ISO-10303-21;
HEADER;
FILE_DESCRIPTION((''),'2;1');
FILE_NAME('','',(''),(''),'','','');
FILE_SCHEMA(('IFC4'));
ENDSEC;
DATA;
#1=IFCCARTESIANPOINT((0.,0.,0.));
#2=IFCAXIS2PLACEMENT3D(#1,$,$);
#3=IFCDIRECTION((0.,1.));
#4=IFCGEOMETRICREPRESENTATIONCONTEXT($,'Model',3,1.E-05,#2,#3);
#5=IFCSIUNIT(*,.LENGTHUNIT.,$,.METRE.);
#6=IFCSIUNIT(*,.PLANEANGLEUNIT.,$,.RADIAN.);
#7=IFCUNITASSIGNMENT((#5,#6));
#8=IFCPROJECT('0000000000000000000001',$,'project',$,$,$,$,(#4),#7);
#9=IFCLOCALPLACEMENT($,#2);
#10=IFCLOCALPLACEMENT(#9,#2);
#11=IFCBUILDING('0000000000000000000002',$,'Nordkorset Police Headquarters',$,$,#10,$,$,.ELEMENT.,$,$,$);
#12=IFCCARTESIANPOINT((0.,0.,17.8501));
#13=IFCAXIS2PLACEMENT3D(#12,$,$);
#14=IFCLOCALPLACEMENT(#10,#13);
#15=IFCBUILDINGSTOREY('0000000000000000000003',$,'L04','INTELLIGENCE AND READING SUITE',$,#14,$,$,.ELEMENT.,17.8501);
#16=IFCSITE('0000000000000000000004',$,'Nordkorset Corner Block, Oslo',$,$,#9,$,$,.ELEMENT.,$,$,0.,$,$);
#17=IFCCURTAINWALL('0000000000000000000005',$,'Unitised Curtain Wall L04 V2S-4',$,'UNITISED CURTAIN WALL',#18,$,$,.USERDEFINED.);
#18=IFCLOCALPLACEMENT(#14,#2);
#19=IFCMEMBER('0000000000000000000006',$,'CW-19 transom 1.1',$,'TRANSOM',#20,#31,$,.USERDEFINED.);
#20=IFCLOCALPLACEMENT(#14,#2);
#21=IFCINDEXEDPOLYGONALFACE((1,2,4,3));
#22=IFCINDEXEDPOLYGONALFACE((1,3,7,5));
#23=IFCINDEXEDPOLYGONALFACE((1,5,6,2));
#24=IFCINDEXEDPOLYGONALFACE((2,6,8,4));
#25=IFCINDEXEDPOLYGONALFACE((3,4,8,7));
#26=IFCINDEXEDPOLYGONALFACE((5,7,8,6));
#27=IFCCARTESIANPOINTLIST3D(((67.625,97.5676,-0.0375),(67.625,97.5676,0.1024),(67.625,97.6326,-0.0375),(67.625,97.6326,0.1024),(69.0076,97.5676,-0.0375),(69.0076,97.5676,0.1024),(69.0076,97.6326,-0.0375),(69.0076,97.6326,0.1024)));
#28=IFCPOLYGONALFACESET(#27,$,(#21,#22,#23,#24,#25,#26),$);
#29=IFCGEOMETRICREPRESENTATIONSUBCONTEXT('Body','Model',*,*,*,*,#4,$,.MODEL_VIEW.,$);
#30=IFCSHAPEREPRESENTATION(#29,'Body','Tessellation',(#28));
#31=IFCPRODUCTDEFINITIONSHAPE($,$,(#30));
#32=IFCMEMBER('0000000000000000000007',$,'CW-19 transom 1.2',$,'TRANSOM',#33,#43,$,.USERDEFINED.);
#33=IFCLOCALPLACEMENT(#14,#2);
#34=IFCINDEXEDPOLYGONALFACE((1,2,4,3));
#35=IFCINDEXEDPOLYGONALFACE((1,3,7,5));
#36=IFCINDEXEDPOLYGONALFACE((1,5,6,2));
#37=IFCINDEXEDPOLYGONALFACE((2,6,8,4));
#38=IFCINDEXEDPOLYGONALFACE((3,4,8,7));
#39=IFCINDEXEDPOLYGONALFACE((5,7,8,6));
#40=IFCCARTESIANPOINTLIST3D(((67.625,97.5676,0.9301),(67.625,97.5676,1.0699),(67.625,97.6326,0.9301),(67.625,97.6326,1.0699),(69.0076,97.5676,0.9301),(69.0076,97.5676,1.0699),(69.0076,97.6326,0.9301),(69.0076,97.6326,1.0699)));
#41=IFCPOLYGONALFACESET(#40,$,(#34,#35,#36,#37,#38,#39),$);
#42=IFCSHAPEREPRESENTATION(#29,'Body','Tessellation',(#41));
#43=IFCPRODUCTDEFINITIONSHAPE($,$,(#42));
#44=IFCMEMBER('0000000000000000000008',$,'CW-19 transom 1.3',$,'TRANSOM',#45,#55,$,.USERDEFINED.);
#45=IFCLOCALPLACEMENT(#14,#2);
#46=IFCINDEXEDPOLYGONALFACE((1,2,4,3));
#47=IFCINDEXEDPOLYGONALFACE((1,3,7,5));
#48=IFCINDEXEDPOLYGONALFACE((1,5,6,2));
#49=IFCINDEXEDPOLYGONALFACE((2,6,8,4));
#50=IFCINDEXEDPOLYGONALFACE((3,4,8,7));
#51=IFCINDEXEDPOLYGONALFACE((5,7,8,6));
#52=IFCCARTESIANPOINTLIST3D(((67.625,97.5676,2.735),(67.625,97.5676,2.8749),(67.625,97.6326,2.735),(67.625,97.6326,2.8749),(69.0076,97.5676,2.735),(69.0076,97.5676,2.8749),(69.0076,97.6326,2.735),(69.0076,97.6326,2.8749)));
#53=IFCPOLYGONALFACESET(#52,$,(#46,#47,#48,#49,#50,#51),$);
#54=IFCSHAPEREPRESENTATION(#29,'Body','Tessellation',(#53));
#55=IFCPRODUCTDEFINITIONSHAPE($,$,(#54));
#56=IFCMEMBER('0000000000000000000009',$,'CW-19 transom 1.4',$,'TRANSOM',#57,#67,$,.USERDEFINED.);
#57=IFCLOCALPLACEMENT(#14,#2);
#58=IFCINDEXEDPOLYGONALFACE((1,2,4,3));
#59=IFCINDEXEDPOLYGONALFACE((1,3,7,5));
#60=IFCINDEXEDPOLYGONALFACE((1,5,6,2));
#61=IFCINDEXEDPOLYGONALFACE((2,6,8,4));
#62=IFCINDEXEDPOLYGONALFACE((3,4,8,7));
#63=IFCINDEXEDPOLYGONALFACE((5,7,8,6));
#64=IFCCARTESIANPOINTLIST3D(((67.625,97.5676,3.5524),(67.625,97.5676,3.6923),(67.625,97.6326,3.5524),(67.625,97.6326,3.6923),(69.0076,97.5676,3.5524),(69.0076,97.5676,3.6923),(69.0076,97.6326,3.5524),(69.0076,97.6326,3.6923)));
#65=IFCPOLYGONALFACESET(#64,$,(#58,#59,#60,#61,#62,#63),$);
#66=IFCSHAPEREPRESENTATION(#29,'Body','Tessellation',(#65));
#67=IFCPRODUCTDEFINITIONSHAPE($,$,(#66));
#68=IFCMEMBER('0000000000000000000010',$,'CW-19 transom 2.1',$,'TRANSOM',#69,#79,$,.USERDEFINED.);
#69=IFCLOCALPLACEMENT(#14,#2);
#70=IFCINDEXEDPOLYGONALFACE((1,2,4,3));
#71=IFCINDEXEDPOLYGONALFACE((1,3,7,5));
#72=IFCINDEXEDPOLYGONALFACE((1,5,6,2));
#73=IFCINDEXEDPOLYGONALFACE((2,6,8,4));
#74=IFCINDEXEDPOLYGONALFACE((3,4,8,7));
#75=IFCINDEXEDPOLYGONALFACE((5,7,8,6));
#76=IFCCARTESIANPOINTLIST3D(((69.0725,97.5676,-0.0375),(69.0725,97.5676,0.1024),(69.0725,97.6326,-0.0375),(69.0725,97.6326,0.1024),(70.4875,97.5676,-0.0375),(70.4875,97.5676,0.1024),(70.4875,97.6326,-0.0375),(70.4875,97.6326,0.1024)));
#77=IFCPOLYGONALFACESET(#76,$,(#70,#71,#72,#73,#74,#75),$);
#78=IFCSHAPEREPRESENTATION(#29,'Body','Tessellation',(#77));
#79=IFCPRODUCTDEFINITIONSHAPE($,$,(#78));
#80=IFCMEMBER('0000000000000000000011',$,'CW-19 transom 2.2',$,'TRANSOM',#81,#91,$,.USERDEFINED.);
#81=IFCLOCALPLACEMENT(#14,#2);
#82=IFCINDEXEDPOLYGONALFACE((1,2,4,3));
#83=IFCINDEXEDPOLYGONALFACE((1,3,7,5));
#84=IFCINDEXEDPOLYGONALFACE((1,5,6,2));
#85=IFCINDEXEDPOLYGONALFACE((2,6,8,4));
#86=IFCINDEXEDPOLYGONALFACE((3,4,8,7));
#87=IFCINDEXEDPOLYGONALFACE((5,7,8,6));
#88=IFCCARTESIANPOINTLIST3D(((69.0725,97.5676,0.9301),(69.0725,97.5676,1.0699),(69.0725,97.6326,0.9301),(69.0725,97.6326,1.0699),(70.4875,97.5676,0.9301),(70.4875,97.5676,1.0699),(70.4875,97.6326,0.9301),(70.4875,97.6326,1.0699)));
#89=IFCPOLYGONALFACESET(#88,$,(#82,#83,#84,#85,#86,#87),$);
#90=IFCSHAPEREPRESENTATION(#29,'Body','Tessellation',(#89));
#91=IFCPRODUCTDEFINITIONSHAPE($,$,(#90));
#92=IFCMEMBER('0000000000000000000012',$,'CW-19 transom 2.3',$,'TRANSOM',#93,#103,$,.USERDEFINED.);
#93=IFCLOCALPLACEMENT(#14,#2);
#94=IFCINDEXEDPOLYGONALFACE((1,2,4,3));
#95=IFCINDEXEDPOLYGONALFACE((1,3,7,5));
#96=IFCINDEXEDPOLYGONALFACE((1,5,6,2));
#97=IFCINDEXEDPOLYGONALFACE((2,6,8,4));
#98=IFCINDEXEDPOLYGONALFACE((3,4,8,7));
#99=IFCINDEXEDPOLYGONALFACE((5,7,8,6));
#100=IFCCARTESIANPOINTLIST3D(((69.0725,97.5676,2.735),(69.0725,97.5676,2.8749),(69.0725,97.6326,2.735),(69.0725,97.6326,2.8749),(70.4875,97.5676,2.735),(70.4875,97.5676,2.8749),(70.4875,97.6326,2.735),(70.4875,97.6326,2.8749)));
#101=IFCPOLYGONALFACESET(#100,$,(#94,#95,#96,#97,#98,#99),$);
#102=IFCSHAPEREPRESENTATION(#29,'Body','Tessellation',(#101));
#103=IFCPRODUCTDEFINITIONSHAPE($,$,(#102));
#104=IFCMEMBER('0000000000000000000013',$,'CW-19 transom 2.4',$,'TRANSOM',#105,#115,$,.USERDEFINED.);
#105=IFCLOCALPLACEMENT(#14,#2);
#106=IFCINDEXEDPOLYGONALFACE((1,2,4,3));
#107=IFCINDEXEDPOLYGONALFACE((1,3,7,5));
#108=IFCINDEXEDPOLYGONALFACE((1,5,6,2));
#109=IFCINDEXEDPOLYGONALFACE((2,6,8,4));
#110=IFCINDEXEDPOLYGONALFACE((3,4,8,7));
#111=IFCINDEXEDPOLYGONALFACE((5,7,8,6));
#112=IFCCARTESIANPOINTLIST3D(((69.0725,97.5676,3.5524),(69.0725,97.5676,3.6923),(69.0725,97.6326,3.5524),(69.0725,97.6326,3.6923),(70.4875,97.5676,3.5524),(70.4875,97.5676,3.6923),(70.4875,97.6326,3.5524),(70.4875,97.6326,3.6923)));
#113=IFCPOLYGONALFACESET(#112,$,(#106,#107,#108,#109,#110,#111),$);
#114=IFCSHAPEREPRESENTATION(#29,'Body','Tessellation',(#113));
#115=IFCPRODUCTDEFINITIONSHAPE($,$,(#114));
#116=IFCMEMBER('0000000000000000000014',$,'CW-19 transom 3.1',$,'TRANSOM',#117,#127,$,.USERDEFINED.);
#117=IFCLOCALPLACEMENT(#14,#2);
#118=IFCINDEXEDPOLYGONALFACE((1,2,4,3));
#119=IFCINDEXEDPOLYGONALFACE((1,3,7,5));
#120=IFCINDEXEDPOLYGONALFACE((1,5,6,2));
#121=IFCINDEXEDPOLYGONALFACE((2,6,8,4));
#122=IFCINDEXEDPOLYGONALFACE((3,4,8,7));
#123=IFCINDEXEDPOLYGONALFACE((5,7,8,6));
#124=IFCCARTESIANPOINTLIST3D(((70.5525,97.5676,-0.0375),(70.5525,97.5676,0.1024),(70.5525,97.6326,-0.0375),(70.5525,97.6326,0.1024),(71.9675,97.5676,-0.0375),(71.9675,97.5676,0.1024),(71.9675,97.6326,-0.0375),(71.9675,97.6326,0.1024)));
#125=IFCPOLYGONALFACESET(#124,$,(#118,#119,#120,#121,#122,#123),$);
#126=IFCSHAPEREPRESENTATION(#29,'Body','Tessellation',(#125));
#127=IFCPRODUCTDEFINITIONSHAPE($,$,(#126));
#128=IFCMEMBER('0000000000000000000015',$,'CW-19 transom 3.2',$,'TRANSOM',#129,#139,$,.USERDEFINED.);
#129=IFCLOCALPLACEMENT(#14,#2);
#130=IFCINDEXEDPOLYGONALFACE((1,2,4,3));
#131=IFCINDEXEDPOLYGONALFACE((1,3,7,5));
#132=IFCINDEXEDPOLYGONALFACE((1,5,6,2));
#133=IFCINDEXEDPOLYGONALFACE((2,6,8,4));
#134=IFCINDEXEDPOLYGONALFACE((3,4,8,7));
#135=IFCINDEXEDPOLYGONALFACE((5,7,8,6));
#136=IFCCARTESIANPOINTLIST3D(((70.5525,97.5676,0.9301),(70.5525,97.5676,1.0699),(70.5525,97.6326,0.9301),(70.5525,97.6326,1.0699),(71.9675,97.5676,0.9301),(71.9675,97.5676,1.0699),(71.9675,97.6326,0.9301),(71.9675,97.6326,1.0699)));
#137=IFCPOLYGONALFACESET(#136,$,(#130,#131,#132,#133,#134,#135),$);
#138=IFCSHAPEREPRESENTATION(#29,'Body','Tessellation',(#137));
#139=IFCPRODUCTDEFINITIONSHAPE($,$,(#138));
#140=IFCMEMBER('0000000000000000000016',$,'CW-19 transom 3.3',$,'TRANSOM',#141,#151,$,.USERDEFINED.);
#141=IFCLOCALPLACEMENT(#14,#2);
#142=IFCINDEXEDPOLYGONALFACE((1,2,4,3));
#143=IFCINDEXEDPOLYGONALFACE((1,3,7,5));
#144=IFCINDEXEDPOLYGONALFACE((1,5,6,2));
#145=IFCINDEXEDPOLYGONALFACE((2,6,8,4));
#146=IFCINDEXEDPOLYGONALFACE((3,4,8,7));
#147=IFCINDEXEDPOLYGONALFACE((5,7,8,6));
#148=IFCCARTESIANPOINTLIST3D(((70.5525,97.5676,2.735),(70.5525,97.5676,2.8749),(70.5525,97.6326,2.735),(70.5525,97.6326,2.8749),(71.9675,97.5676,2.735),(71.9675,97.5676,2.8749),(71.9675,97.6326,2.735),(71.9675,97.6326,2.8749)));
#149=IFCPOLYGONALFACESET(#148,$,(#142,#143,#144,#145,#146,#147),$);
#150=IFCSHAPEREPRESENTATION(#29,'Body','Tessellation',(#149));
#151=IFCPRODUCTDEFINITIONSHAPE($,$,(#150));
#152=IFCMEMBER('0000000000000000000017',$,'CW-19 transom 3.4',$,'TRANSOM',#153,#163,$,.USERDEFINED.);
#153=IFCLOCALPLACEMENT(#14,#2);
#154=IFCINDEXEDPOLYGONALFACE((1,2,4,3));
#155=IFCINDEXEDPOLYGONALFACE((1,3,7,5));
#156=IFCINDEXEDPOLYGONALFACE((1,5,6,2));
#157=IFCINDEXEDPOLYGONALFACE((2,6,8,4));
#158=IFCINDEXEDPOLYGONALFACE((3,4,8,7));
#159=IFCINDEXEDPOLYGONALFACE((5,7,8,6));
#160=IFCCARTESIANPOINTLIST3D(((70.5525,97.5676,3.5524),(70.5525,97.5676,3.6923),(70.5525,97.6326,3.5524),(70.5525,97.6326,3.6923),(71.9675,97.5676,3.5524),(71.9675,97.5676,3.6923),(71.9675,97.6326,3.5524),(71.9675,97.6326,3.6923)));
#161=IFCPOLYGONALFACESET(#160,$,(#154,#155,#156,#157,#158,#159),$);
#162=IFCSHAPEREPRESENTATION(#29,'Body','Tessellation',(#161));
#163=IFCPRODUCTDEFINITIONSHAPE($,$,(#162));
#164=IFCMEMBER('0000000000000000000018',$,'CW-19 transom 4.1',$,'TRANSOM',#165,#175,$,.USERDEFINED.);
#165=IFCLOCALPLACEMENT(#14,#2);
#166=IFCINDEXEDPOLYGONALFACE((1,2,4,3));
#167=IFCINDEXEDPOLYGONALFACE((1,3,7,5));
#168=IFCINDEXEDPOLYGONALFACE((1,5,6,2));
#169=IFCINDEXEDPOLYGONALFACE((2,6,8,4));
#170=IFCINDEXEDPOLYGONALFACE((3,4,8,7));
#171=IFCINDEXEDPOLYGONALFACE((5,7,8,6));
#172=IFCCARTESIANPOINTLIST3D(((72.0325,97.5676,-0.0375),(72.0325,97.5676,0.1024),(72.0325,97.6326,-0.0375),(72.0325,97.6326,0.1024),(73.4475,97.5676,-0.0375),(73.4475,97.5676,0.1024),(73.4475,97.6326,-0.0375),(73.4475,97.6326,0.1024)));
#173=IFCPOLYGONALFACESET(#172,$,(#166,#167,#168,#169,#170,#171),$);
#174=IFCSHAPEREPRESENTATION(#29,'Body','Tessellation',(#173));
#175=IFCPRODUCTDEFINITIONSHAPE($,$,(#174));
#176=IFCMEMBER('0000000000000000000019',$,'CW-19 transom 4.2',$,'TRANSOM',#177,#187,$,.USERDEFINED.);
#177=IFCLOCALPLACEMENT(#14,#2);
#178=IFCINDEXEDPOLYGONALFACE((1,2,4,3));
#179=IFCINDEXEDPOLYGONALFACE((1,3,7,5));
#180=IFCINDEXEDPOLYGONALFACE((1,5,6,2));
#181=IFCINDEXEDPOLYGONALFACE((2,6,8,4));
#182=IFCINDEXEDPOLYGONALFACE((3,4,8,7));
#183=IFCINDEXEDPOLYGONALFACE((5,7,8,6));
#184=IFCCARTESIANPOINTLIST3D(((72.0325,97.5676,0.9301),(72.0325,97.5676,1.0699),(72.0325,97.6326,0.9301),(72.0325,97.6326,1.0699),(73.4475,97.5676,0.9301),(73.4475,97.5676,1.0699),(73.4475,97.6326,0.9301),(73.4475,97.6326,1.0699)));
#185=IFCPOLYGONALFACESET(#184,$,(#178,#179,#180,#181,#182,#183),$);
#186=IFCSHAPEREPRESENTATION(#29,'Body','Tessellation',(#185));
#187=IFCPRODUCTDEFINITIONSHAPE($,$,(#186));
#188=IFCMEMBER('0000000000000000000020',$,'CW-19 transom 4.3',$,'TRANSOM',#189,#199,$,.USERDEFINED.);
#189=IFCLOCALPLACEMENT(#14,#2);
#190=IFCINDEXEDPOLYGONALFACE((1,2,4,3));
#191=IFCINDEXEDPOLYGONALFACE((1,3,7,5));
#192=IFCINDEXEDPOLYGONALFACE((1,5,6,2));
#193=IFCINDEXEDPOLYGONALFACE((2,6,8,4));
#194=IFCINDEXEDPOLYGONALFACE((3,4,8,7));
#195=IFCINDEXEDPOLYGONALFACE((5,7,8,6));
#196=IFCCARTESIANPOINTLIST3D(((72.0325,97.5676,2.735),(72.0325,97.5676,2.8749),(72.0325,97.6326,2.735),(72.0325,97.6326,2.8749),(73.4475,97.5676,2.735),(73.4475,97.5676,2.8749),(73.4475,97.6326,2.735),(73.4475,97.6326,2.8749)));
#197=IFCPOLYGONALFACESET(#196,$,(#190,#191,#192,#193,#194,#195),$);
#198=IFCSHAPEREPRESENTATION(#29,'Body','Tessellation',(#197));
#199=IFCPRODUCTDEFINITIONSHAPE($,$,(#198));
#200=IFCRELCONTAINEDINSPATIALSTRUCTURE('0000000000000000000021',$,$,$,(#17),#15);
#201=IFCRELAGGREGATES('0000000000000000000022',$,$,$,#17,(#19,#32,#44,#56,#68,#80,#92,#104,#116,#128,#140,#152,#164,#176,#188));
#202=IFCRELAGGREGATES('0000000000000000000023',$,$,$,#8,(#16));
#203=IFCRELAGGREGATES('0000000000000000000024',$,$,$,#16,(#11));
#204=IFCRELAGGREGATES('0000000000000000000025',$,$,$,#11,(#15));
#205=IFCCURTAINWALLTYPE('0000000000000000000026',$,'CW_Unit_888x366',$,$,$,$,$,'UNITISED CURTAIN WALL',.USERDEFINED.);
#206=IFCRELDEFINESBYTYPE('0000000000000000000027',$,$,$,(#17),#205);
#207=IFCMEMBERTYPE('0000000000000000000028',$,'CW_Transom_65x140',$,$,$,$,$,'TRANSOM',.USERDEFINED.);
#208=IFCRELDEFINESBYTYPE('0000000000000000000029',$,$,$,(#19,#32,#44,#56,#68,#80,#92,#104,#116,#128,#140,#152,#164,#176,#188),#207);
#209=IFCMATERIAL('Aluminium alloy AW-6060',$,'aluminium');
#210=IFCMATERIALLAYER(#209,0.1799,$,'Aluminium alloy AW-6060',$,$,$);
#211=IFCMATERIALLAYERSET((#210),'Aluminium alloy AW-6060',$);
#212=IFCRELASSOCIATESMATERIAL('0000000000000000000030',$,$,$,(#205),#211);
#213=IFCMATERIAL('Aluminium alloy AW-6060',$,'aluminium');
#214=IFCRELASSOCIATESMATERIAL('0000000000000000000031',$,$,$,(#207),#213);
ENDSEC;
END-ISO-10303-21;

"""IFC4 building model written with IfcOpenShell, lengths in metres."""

from ifc_helpers import new_model, si_unit, direction, frame, origin, origin_2d, place, context, subcontext, project, spatial, rectangle, extrude, material, layer, layer_set, material_profile, profile_set, type_object, element, aggregate, save


model = new_model("IFC4")

# Units and contexts
model_context = context("Model", 3, precision=1e-05, world=origin(), true_north=direction((0.0, 1.0)))
body_context = subcontext(model_context, "Body", "Model", "MODEL_VIEW")
ifc_project = project(units=[si_unit("LENGTHUNIT", "METRE"), si_unit("PLANEANGLEUNIT", "RADIAN")], contexts=[model_context])

# Site, building, storey
site_placement = place(None, origin())
site = spatial("IfcSite", under=ifc_project, at=site_placement, Name="Nordkorset Corner Block, Oslo", CompositionType="ELEMENT", RefElevation=0.0)
building_placement = place(site_placement, origin())
building = spatial("IfcBuilding", under=site, at=building_placement, Name="Nordkorset Police Headquarters", CompositionType="ELEMENT")
storey_placement = place(building_placement, frame((0.0, 0.0, 17.8501)))
storey = spatial("IfcBuildingStorey", under=building, at=storey_placement, Name="L04", Description="INTELLIGENCE AND READING SUITE", CompositionType="ELEMENT", Elevation=17.8501)

# Curtain wall, members
ifc_material_1 = material(Name="Aluminium alloy AW-6060", Category="aluminium")
ifc_layer_1 = layer(ifc_material_1, 0.1799, Name="Aluminium alloy AW-6060")
ifc_layer_set_1 = layer_set([ifc_layer_1], Name="Aluminium alloy AW-6060")
curtain_wall_type = type_object("IfcCurtainWallType", Name="CW_Unit_888x366", ElementType="UNITISED CURTAIN WALL", PredefinedType="USERDEFINED", material=ifc_layer_set_1)
curtain_wall_placement = place(storey_placement, origin())
curtain_wall = element("IfcCurtainWall", 1, at=curtain_wall_placement, inside=storey, type_object=curtain_wall_type, Name="Unitised Curtain Wall L04 V2S-4", ObjectType="UNITISED CURTAIN WALL", PredefinedType="USERDEFINED")
ifc_material_2 = material(Name="Aluminium alloy AW-6060", Category="aluminium")
ifc_material_profile_1 = material_profile(ifc_material_2, rectangle(XDim=0.0649, YDim=0.1399, at=origin_2d()), Name="ALU TRAN 65x140")
ifc_profile_set_1 = profile_set([ifc_material_profile_1], Name="Aluminium alloy AW-6060")
member_type_1 = type_object("IfcMemberType", Name="CW_Transom_65x140", ElementType="TRANSOM", PredefinedType="USERDEFINED", material=ifc_profile_set_1)
member_1_placement = place(storey_placement, frame((67.625, 97.6001, 0.0325), z_axis=(1.0, 0.0, 0.0), x_axis=(0.0, 1.0, 0.0)))
member_1 = element("IfcMember", 2, at=member_1_placement, type_object=member_type_1, Name="CW-19 transom 1.1", ObjectType="TRANSOM", PredefinedType="USERDEFINED", context=body_context, shape_type="SweptSolid", body=[
    extrude(rectangle(XDim=0.0649, YDim=0.1399, at=origin_2d()), origin(), (0.0, 0.0, 1.0), 1.3826),
])
member_2_placement = place(storey_placement, frame((67.625, 97.6001, 1.0), z_axis=(1.0, 0.0, 0.0), x_axis=(0.0, 1.0, 0.0)))
member_2 = element("IfcMember", 3, at=member_2_placement, type_object=member_type_1, Name="CW-19 transom 1.2", ObjectType="TRANSOM", PredefinedType="USERDEFINED", context=body_context, shape_type="SweptSolid", body=[
    extrude(rectangle(XDim=0.0649, YDim=0.1399, at=origin_2d()), origin(), (0.0, 0.0, 1.0), 1.3826),
])
member_3_placement = place(storey_placement, frame((67.625, 97.6001, 2.8049), z_axis=(1.0, 0.0, 0.0), x_axis=(0.0, 1.0, 0.0)))
member_3 = element("IfcMember", 4, at=member_3_placement, type_object=member_type_1, Name="CW-19 transom 1.3", ObjectType="TRANSOM", PredefinedType="USERDEFINED", context=body_context, shape_type="SweptSolid", body=[
    extrude(rectangle(XDim=0.0649, YDim=0.1399, at=origin_2d()), origin(), (0.0, 0.0, 1.0), 1.3826),
])
member_4_placement = place(storey_placement, frame((67.625, 97.6001, 3.6223), z_axis=(1.0, 0.0, 0.0), x_axis=(0.0, 1.0, 0.0)))
member_4 = element("IfcMember", 5, at=member_4_placement, type_object=member_type_1, Name="CW-19 transom 1.4", ObjectType="TRANSOM", PredefinedType="USERDEFINED", context=body_context, shape_type="SweptSolid", body=[
    extrude(rectangle(XDim=0.0649, YDim=0.1399, at=origin_2d()), origin(), (0.0, 0.0, 1.0), 1.3826),
])
member_5_placement = place(storey_placement, frame((69.0725, 97.6001, 0.0325), z_axis=(1.0, 0.0, 0.0), x_axis=(0.0, 1.0, 0.0)))
member_5 = element("IfcMember", 6, at=member_5_placement, type_object=member_type_1, Name="CW-19 transom 2.1", ObjectType="TRANSOM", PredefinedType="USERDEFINED", context=body_context, shape_type="SweptSolid", body=[
    extrude(rectangle(XDim=0.0649, YDim=0.1399, at=origin_2d()), origin(), (0.0, 0.0, 1.0), 1.415),
])
member_6_placement = place(storey_placement, frame((69.0725, 97.6001, 1.0), z_axis=(1.0, 0.0, 0.0), x_axis=(0.0, 1.0, 0.0)))
member_6 = element("IfcMember", 7, at=member_6_placement, type_object=member_type_1, Name="CW-19 transom 2.2", ObjectType="TRANSOM", PredefinedType="USERDEFINED", context=body_context, shape_type="SweptSolid", body=[
    extrude(rectangle(XDim=0.0649, YDim=0.1399, at=origin_2d()), origin(), (0.0, 0.0, 1.0), 1.415),
])
member_7_placement = place(storey_placement, frame((69.0725, 97.6001, 2.8049), z_axis=(1.0, 0.0, 0.0), x_axis=(0.0, 1.0, 0.0)))
member_7 = element("IfcMember", 8, at=member_7_placement, type_object=member_type_1, Name="CW-19 transom 2.3", ObjectType="TRANSOM", PredefinedType="USERDEFINED", context=body_context, shape_type="SweptSolid", body=[
    extrude(rectangle(XDim=0.0649, YDim=0.1399, at=origin_2d()), origin(), (0.0, 0.0, 1.0), 1.415),
])
member_8_placement = place(storey_placement, frame((69.0725, 97.6001, 3.6223), z_axis=(1.0, 0.0, 0.0), x_axis=(0.0, 1.0, 0.0)))
member_8 = element("IfcMember", 9, at=member_8_placement, type_object=member_type_1, Name="CW-19 transom 2.4", ObjectType="TRANSOM", PredefinedType="USERDEFINED", context=body_context, shape_type="SweptSolid", body=[
    extrude(rectangle(XDim=0.0649, YDim=0.1399, at=origin_2d()), origin(), (0.0, 0.0, 1.0), 1.415),
])
member_9_placement = place(storey_placement, frame((70.5525, 97.6001, 0.0325), z_axis=(1.0, 0.0, 0.0), x_axis=(0.0, 1.0, 0.0)))
member_9 = element("IfcMember", 10, at=member_9_placement, type_object=member_type_1, Name="CW-19 transom 3.1", ObjectType="TRANSOM", PredefinedType="USERDEFINED", context=body_context, shape_type="SweptSolid", body=[
    extrude(rectangle(XDim=0.0649, YDim=0.1399, at=origin_2d()), origin(), (0.0, 0.0, 1.0), 1.415),
])
member_10_placement = place(storey_placement, frame((70.5525, 97.6001, 1.0), z_axis=(1.0, 0.0, 0.0), x_axis=(0.0, 1.0, 0.0)))
member_10 = element("IfcMember", 11, at=member_10_placement, type_object=member_type_1, Name="CW-19 transom 3.2", ObjectType="TRANSOM", PredefinedType="USERDEFINED", context=body_context, shape_type="SweptSolid", body=[
    extrude(rectangle(XDim=0.0649, YDim=0.1399, at=origin_2d()), origin(), (0.0, 0.0, 1.0), 1.415),
])
member_11_placement = place(storey_placement, frame((70.5525, 97.6001, 2.8049), z_axis=(1.0, 0.0, 0.0), x_axis=(0.0, 1.0, 0.0)))
member_11 = element("IfcMember", 12, at=member_11_placement, type_object=member_type_1, Name="CW-19 transom 3.3", ObjectType="TRANSOM", PredefinedType="USERDEFINED", context=body_context, shape_type="SweptSolid", body=[
    extrude(rectangle(XDim=0.0649, YDim=0.1399, at=origin_2d()), origin(), (0.0, 0.0, 1.0), 1.415),
])
member_12_placement = place(storey_placement, frame((70.5525, 97.6001, 3.6223), z_axis=(1.0, 0.0, 0.0), x_axis=(0.0, 1.0, 0.0)))
member_12 = element("IfcMember", 13, at=member_12_placement, type_object=member_type_1, Name="CW-19 transom 3.4", ObjectType="TRANSOM", PredefinedType="USERDEFINED", context=body_context, shape_type="SweptSolid", body=[
    extrude(rectangle(XDim=0.0649, YDim=0.1399, at=origin_2d()), origin(), (0.0, 0.0, 1.0), 1.415),
])
member_13_placement = place(storey_placement, frame((72.0325, 97.6001, 0.0325), z_axis=(1.0, 0.0, 0.0), x_axis=(0.0, 1.0, 0.0)))
member_13 = element("IfcMember", 14, at=member_13_placement, type_object=member_type_1, Name="CW-19 transom 4.1", ObjectType="TRANSOM", PredefinedType="USERDEFINED", context=body_context, shape_type="SweptSolid", body=[
    extrude(rectangle(XDim=0.0649, YDim=0.1399, at=origin_2d()), origin(), (0.0, 0.0, 1.0), 1.415),
])
member_14_placement = place(storey_placement, frame((72.0325, 97.6001, 1.0), z_axis=(1.0, 0.0, 0.0), x_axis=(0.0, 1.0, 0.0)))
member_14 = element("IfcMember", 15, at=member_14_placement, type_object=member_type_1, Name="CW-19 transom 4.2", ObjectType="TRANSOM", PredefinedType="USERDEFINED", context=body_context, shape_type="SweptSolid", body=[
    extrude(rectangle(XDim=0.0649, YDim=0.1399, at=origin_2d()), origin(), (0.0, 0.0, 1.0), 1.415),
])
member_15_placement = place(storey_placement, frame((72.0325, 97.6001, 2.8049), z_axis=(1.0, 0.0, 0.0), x_axis=(0.0, 1.0, 0.0)))
member_15 = element("IfcMember", 16, at=member_15_placement, type_object=member_type_1, Name="CW-19 transom 4.3", ObjectType="TRANSOM", PredefinedType="USERDEFINED", context=body_context, shape_type="SweptSolid", body=[
    extrude(rectangle(XDim=0.0649, YDim=0.1399, at=origin_2d()), origin(), (0.0, 0.0, 1.0), 1.415),
])

aggregate(curtain_wall, [member_1, member_2, member_3, member_4, member_5, member_6, member_7, member_8, member_9, member_10, member_11, member_12, member_13, member_14, member_15])

save(model, "model.ifc")
